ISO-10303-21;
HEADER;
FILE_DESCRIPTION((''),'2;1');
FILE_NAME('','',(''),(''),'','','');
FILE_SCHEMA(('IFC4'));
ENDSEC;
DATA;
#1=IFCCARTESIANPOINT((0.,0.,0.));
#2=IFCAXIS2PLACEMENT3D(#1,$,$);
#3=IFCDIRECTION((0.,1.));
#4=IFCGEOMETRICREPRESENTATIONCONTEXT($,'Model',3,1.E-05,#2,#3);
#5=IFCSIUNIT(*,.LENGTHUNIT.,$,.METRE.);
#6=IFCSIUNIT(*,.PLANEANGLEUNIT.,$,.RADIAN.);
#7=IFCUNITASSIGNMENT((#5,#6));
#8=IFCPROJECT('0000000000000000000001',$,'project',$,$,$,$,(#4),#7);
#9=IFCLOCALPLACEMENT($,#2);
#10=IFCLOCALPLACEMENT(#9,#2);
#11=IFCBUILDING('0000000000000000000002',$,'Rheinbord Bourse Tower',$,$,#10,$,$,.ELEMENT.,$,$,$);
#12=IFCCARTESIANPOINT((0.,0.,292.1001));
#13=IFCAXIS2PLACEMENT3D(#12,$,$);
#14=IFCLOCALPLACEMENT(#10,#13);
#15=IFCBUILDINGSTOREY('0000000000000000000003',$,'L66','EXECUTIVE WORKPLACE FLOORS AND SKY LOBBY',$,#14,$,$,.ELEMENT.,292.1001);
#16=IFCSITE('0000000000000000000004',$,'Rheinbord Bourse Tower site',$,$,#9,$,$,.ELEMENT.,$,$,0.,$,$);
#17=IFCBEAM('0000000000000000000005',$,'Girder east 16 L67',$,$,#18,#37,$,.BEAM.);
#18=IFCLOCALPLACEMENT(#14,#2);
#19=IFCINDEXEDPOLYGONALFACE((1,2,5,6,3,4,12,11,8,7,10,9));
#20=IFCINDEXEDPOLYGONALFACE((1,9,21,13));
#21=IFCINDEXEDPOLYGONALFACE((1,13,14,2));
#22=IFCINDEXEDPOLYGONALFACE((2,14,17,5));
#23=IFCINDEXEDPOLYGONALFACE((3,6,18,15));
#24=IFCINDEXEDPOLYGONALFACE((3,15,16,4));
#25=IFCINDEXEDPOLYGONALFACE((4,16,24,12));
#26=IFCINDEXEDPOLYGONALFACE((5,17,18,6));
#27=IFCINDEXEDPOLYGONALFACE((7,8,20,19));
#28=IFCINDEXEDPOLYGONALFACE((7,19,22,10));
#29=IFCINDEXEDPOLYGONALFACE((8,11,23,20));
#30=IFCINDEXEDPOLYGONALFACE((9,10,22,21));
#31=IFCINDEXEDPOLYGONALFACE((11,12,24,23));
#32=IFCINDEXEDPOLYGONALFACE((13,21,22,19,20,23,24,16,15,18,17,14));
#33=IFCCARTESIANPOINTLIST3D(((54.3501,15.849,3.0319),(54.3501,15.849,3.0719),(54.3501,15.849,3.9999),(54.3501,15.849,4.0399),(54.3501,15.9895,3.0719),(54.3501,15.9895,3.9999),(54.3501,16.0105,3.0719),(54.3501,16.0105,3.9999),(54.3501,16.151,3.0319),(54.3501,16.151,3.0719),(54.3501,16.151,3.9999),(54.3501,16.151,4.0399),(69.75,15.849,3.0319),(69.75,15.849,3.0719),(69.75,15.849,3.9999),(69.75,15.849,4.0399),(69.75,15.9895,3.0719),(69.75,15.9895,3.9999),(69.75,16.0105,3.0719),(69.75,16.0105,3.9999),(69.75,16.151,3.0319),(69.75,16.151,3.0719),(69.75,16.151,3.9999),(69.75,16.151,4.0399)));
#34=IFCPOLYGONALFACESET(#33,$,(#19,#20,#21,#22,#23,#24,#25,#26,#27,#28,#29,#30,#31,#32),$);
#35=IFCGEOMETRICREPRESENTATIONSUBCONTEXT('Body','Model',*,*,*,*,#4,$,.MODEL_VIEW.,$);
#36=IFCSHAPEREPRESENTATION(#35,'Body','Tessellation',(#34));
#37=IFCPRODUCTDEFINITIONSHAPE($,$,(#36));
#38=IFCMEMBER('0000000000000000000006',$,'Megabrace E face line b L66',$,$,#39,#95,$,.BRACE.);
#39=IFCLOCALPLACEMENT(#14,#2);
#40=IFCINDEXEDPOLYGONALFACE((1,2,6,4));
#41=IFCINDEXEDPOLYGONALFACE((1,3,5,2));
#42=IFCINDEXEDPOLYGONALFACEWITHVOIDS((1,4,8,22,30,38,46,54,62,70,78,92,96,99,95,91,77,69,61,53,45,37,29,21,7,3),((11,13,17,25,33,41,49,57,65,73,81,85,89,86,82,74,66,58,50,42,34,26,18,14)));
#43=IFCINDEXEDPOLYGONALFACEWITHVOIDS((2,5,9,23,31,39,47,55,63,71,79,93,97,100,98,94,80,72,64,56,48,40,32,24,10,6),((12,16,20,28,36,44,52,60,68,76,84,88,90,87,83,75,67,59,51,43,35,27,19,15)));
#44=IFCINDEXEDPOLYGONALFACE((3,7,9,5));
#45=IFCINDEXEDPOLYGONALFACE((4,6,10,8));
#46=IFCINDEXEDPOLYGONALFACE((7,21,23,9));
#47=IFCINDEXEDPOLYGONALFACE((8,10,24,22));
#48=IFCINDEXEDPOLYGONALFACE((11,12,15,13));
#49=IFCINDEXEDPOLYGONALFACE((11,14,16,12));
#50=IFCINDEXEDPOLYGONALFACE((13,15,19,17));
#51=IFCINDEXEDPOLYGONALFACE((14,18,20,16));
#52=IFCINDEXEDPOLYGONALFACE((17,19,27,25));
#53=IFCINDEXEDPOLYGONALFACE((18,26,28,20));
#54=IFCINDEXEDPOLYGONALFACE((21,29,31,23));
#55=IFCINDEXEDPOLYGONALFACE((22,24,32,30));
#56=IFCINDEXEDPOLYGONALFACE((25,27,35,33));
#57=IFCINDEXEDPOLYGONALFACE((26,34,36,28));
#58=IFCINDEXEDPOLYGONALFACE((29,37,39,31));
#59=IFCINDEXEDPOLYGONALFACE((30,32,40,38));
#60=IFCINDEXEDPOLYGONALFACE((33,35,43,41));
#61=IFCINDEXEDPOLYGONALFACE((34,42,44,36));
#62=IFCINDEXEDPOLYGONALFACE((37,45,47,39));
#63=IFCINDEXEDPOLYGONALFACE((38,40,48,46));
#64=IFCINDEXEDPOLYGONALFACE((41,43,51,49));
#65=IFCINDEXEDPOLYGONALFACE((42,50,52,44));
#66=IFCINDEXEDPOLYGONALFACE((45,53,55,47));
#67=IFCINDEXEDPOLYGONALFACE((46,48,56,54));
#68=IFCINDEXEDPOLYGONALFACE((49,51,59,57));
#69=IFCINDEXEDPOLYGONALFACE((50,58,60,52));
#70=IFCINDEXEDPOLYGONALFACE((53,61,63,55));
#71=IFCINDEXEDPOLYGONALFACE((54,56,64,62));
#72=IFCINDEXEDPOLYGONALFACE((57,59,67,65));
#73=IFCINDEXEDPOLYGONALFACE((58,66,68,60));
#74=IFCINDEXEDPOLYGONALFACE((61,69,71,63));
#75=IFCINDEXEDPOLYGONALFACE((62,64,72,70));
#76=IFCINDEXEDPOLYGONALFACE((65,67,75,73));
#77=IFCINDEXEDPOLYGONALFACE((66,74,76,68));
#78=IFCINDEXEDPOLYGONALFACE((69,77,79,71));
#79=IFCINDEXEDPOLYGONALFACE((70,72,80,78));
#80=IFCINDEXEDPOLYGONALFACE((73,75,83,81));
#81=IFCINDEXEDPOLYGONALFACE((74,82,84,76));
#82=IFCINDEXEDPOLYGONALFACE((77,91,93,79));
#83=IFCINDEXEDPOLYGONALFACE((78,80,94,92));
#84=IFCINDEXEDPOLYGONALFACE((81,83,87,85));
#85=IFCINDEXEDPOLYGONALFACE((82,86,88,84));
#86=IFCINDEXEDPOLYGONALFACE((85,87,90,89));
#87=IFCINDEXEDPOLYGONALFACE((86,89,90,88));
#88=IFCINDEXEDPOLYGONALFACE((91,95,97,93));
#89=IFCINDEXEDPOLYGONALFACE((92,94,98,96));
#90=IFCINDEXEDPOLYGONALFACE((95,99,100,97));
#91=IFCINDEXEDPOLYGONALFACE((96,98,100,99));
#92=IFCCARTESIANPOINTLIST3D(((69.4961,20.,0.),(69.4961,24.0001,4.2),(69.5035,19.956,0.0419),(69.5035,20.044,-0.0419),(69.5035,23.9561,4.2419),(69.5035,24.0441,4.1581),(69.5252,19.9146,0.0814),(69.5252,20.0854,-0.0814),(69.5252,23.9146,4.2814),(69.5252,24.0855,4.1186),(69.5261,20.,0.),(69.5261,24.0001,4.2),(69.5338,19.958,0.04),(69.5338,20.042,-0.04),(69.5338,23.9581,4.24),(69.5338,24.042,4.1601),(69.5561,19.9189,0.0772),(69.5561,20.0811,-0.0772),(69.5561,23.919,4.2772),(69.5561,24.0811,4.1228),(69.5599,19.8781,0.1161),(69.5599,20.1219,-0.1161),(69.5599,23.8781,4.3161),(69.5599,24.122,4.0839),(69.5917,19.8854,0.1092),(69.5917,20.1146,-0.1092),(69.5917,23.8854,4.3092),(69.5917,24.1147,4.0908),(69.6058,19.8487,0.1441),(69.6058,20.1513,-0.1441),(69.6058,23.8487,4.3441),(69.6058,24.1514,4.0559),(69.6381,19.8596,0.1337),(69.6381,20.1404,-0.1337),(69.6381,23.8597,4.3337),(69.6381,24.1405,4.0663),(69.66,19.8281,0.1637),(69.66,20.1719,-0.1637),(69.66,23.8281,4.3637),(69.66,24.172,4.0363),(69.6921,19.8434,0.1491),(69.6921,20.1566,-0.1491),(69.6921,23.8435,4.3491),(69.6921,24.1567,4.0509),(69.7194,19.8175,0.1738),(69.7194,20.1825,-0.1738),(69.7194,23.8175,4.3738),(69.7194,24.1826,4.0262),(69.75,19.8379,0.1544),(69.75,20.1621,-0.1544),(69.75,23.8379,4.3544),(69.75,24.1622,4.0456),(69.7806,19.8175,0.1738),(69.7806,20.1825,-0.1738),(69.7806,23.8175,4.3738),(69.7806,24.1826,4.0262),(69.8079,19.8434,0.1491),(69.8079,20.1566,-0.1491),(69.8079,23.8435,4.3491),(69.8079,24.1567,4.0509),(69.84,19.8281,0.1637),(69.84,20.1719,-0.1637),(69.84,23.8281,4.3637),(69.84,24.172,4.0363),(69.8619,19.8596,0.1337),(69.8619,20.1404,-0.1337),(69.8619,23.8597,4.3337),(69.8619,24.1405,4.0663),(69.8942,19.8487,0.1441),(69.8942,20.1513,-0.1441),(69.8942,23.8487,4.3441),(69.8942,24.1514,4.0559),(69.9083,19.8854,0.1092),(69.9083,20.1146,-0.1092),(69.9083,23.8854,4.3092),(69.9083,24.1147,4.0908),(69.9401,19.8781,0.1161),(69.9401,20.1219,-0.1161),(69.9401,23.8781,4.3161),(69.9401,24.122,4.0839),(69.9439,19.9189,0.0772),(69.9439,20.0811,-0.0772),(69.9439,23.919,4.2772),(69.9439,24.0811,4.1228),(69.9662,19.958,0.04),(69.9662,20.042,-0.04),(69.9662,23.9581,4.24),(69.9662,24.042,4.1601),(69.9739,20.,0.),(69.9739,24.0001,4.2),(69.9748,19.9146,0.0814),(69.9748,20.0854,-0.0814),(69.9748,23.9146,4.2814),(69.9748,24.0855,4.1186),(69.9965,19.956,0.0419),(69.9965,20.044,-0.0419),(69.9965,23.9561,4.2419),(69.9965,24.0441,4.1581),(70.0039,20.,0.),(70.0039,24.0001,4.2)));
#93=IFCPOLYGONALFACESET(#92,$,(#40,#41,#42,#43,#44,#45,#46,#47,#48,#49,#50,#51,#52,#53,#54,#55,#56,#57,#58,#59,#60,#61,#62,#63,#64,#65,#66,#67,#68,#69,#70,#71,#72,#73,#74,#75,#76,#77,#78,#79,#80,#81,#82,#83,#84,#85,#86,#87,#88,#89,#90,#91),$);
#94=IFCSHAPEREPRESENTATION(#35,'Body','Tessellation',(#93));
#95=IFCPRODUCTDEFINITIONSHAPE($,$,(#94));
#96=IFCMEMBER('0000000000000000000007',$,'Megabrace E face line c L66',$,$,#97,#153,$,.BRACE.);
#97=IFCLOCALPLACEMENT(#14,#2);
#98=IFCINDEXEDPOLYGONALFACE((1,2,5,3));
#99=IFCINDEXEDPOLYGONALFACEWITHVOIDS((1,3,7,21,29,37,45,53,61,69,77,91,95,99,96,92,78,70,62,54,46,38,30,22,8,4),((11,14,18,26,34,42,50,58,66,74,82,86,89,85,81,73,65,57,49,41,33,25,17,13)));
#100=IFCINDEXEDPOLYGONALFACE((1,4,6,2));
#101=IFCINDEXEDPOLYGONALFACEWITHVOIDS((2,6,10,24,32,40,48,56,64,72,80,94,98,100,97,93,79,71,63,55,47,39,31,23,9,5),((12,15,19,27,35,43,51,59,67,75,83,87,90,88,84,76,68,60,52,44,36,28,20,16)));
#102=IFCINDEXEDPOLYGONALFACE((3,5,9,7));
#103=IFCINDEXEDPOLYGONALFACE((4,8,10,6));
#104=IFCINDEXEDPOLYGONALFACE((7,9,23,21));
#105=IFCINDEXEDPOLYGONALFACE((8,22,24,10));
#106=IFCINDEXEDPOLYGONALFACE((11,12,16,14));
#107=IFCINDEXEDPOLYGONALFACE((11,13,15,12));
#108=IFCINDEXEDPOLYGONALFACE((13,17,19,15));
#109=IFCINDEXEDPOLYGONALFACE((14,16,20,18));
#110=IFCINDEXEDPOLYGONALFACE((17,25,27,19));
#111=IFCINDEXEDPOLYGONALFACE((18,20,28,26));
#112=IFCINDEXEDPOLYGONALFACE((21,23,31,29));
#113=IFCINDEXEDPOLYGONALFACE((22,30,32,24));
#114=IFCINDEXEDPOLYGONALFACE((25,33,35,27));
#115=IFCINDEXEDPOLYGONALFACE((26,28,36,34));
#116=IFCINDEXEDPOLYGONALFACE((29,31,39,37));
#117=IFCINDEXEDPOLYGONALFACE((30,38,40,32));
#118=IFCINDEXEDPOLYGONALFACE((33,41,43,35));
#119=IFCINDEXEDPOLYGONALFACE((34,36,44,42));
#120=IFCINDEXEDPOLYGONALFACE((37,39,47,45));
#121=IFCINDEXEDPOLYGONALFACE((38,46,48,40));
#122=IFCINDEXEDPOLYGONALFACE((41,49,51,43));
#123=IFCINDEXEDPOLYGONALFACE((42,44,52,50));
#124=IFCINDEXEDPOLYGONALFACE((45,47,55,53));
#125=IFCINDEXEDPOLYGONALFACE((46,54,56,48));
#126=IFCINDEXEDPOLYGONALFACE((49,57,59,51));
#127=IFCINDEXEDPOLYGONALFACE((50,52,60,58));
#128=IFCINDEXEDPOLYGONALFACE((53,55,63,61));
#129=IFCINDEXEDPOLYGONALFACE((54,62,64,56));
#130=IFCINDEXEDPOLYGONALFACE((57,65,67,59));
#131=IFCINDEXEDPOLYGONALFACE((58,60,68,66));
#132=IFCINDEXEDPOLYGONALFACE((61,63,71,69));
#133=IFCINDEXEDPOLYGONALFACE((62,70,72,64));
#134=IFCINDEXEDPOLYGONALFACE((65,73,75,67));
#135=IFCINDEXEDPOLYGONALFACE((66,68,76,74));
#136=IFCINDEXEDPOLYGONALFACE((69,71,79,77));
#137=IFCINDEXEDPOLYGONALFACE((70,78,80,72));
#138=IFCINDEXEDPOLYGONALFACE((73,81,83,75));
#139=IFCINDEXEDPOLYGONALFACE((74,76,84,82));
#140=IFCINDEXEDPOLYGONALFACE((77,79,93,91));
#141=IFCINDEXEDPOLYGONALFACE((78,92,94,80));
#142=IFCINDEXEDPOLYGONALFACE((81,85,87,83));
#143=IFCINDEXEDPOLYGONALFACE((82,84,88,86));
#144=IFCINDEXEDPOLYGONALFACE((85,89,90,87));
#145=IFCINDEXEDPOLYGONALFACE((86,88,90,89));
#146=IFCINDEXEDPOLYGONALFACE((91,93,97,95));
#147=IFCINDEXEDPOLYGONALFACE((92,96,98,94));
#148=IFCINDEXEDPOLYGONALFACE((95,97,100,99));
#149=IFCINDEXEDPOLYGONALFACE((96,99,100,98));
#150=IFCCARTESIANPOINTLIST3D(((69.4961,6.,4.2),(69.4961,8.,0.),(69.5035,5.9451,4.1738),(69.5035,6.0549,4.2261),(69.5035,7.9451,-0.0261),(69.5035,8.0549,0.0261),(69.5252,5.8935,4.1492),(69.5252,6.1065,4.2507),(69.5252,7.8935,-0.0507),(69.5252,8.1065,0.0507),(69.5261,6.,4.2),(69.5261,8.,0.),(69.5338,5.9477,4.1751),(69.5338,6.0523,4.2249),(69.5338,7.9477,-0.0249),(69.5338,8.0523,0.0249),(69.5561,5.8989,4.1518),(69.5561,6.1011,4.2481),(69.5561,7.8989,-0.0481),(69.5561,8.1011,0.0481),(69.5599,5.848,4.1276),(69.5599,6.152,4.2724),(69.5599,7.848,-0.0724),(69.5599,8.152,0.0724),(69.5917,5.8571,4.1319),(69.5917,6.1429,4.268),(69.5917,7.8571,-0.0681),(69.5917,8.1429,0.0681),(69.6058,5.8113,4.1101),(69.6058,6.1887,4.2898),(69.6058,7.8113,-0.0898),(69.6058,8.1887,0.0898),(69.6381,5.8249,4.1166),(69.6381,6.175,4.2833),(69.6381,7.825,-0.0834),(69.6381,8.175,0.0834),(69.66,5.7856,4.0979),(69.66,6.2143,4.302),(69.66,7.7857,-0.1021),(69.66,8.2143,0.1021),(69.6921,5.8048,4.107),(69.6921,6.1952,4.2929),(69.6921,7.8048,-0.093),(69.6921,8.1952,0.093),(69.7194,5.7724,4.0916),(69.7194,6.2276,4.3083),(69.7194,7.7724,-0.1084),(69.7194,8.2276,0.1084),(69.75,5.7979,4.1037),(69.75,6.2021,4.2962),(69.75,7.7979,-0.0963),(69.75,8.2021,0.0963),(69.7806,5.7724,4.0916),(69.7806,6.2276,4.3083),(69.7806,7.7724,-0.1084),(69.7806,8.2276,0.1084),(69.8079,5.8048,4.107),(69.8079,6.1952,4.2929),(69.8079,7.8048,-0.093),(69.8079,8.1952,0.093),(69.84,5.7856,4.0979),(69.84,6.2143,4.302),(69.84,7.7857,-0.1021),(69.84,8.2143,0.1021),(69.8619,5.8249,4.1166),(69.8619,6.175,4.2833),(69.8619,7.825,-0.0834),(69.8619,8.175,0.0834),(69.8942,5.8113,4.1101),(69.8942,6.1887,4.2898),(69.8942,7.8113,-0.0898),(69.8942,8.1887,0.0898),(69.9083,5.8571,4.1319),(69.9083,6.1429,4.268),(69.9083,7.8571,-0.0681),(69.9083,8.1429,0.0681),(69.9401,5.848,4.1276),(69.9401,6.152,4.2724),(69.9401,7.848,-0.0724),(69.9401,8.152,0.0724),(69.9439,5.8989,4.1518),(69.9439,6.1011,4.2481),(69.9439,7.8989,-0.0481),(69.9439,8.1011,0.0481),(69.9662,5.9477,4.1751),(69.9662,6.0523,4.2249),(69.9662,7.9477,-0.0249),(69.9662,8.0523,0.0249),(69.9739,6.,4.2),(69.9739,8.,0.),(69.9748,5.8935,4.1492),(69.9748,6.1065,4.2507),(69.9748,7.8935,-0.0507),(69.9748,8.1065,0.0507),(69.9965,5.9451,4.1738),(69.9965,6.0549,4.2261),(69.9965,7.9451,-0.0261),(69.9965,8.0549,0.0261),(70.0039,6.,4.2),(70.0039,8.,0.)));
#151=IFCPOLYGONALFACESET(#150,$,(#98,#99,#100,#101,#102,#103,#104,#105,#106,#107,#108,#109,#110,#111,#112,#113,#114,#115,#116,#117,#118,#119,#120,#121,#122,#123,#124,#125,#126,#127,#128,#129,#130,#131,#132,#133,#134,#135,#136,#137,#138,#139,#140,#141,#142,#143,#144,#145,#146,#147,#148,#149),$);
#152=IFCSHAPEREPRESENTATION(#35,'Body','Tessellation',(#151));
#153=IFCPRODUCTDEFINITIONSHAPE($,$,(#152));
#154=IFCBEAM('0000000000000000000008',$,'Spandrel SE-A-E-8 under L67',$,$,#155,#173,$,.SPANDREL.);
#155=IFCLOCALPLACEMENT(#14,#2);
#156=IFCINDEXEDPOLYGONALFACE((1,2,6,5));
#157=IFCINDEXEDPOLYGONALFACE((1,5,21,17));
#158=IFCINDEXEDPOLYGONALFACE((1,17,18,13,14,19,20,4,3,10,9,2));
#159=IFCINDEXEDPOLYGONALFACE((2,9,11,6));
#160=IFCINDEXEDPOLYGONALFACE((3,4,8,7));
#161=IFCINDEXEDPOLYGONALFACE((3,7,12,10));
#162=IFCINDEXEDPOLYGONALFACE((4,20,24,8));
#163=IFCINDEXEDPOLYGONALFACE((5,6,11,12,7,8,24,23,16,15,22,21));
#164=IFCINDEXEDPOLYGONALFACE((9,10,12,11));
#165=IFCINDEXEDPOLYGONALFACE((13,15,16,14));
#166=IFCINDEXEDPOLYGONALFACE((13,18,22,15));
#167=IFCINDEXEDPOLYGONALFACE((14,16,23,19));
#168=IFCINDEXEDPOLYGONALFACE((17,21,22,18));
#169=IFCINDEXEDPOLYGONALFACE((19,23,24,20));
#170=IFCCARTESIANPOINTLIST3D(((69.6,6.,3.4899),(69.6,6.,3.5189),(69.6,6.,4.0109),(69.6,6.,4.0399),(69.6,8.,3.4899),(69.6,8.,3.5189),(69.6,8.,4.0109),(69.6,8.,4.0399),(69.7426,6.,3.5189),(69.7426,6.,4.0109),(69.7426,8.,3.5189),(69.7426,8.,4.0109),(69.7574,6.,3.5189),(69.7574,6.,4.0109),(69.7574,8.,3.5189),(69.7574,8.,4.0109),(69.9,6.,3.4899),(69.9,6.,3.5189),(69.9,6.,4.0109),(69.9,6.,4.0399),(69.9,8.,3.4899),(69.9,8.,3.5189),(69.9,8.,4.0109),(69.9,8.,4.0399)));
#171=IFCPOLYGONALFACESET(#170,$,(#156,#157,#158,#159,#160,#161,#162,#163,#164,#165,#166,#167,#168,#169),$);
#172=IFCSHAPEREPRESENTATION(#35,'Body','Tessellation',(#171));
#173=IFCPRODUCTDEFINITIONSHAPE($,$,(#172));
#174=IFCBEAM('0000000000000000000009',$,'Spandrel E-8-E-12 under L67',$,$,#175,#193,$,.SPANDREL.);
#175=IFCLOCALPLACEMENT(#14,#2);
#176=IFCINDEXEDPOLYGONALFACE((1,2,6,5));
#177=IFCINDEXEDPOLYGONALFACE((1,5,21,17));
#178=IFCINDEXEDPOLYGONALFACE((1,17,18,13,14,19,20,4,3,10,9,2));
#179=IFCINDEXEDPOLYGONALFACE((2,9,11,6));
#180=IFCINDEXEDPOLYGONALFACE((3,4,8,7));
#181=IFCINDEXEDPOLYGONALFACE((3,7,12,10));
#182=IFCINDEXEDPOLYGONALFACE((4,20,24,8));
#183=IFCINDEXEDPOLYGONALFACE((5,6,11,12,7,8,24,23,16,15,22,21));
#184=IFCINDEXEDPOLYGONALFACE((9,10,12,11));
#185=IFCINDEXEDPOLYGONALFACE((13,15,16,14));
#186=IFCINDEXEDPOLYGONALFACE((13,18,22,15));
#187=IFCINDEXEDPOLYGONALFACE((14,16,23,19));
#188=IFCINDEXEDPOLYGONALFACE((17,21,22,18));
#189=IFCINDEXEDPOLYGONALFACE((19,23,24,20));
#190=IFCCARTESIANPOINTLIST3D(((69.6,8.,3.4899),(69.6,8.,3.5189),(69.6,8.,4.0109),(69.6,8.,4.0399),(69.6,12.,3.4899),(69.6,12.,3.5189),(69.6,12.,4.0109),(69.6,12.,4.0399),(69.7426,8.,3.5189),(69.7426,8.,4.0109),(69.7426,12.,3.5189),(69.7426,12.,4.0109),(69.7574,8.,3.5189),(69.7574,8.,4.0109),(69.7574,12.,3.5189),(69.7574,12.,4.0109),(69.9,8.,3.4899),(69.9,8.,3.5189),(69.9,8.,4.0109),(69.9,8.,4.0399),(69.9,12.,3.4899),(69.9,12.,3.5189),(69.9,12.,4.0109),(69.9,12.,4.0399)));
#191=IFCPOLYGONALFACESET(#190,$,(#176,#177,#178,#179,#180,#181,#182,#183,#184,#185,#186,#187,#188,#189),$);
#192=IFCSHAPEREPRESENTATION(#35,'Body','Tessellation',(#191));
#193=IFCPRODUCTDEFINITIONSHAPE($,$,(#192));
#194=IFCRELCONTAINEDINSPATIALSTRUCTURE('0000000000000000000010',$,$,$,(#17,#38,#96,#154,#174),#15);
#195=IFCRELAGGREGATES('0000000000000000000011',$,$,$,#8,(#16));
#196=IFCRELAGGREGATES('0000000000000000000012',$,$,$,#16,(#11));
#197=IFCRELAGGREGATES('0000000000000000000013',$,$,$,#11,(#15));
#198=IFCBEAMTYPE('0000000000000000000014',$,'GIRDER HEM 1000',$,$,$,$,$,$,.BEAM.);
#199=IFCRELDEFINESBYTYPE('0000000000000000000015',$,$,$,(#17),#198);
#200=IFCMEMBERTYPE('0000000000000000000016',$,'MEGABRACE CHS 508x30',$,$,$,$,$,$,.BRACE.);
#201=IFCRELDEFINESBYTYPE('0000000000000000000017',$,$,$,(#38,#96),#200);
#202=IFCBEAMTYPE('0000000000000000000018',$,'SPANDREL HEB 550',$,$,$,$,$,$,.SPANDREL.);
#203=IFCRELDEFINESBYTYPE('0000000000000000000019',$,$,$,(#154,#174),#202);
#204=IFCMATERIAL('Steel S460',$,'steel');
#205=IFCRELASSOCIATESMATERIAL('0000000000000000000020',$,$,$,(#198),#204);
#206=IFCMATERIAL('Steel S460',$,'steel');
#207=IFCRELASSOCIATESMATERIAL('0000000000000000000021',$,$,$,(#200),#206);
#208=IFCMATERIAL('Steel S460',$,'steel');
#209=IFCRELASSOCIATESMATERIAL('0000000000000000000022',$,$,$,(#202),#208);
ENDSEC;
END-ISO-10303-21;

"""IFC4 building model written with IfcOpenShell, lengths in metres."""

from ifc_helpers import new_model, si_unit, direction, frame, origin, origin_2d, place, context, subcontext, project, spatial, hollow_circle, i_section, extrude, material, material_profile, profile_set, type_object, element, save


model = new_model("IFC4")

# Units and contexts
model_context = context("Model", 3, precision=1e-05, world=origin(), true_north=direction((0.0, 1.0)))
body_context = subcontext(model_context, "Body", "Model", "MODEL_VIEW")
ifc_project = project(units=[si_unit("LENGTHUNIT", "METRE"), si_unit("PLANEANGLEUNIT", "RADIAN")], contexts=[model_context])

# Site, building, storey
site_placement = place(None, origin())
site = spatial("IfcSite", under=ifc_project, at=site_placement, Name="Rheinbord Bourse Tower site", CompositionType="ELEMENT", RefElevation=0.0)
building_placement = place(site_placement, origin())
building = spatial("IfcBuilding", under=site, at=building_placement, Name="Rheinbord Bourse Tower", CompositionType="ELEMENT")
storey_placement = place(building_placement, frame((0.0, 0.0, 292.1001)))
storey = spatial("IfcBuildingStorey", under=building, at=storey_placement, Name="L66", Description="EXECUTIVE WORKPLACE FLOORS AND SKY LOBBY", CompositionType="ELEMENT", Elevation=292.1001)

# Beam
ifc_material_1 = material(Name="Steel S460", Category="steel")
ifc_material_profile_1 = material_profile(ifc_material_1, i_section(OverallWidth=0.302, OverallDepth=1.0081, WebThickness=0.021, FlangeThickness=0.04, at=origin_2d()), Name="HEM 1000")
ifc_profile_set_1 = profile_set([ifc_material_profile_1], Name="Steel S460")
beam_type_1 = type_object("IfcBeamType", Name="GIRDER HEM 1000", PredefinedType="BEAM", material=ifc_profile_set_1)
beam_1_placement = place(storey_placement, frame((54.3501, 16.0, 3.5359), z_axis=(1.0, 0.0, 0.0), x_axis=(0.0, 1.0, 0.0)))
element("IfcBeam", 1, at=beam_1_placement, inside=storey, type_object=beam_type_1, Name="Girder east 16 L67", PredefinedType="BEAM", context=body_context, shape_type="SweptSolid", body=[
    extrude(i_section(OverallWidth=0.302, OverallDepth=1.0081, WebThickness=0.021, FlangeThickness=0.04, at=origin_2d()), origin(), (0.0, 0.0, 1.0), 15.3999),
])

# Members
ifc_material_2 = material(Name="Steel S460", Category="steel")
ifc_material_profile_2 = material_profile(ifc_material_2, hollow_circle(Radius=0.2539, WallThickness=0.03, at=origin_2d()), Name="CHS 508x30")
ifc_profile_set_2 = profile_set([ifc_material_profile_2], Name="Steel S460")
member_type_1 = type_object("IfcMemberType", Name="MEGABRACE CHS 508x30", PredefinedType="BRACE", material=ifc_profile_set_2)
member_1_placement = place(storey_placement, frame((69.75, 20.0, 0.0), z_axis=(0.0, 0.689659, 0.724134), x_axis=(-1.0, 0.0, 0.0)))
element("IfcMember", 2, at=member_1_placement, inside=storey, type_object=member_type_1, Name="Megabrace E face line b L66", PredefinedType="BRACE", context=body_context, shape_type="SweptSolid", body=[
    extrude(hollow_circle(Radius=0.2539, WallThickness=0.03, at=origin_2d()), origin(), (0.0, 0.0, 1.0), 5.8),
])
member_2_placement = place(storey_placement, frame((69.75, 8.0, 0.0), z_axis=(0.0, -0.429938, 0.902859), x_axis=(1.0, 0.0, 0.0)))
element("IfcMember", 3, at=member_2_placement, inside=storey, type_object=member_type_1, Name="Megabrace E face line c L66", PredefinedType="BRACE", context=body_context, shape_type="SweptSolid", body=[
    extrude(hollow_circle(Radius=0.2539, WallThickness=0.03, at=origin_2d()), origin(), (0.0, 0.0, 1.0), 4.6519),
])

# Beams
ifc_material_3 = material(Name="Steel S460", Category="steel")
ifc_material_profile_3 = material_profile(ifc_material_3, i_section(OverallWidth=0.3, OverallDepth=0.55, WebThickness=0.0149, FlangeThickness=0.0291, at=origin_2d()), Name="HEB 550")
ifc_profile_set_3 = profile_set([ifc_material_profile_3], Name="Steel S460")
beam_type_2 = type_object("IfcBeamType", Name="SPANDREL HEB 550", PredefinedType="SPANDREL", material=ifc_profile_set_3)
beam_2_placement = place(storey_placement, frame((69.75, 6.0, 3.7649), z_axis=(0.0, 1.0, 0.0), x_axis=(-1.0, 0.0, 0.0)))
element("IfcBeam", 4, at=beam_2_placement, inside=storey, type_object=beam_type_2, Name="Spandrel SE-A-E-8 under L67", PredefinedType="SPANDREL", context=body_context, shape_type="SweptSolid", body=[
    extrude(i_section(OverallWidth=0.3, OverallDepth=0.55, WebThickness=0.0149, FlangeThickness=0.0291, at=origin_2d()), origin(), (0.0, 0.0, 1.0), 2.0),
])
for number, where, z_axis, x_axis, name in (
    (5, (69.75, 8.0, 3.7649), (0.0, 1.0, 0.0), (-1.0, 0.0, 0.0), "Spandrel E-8-E-12 under L67"),
):
    element("IfcBeam", number, at=place(storey_placement, frame(where, z_axis=z_axis, x_axis=x_axis)), inside=storey, type_object=beam_type_2, Name=name, PredefinedType="SPANDREL", context=body_context, shape_type="SweptSolid", body=[
        extrude(i_section(OverallWidth=0.3, OverallDepth=0.55, WebThickness=0.0149, FlangeThickness=0.0291, at=origin_2d()), origin(), (0.0, 0.0, 1.0), 4.0),
    ])

save(model, "model.ifc")
